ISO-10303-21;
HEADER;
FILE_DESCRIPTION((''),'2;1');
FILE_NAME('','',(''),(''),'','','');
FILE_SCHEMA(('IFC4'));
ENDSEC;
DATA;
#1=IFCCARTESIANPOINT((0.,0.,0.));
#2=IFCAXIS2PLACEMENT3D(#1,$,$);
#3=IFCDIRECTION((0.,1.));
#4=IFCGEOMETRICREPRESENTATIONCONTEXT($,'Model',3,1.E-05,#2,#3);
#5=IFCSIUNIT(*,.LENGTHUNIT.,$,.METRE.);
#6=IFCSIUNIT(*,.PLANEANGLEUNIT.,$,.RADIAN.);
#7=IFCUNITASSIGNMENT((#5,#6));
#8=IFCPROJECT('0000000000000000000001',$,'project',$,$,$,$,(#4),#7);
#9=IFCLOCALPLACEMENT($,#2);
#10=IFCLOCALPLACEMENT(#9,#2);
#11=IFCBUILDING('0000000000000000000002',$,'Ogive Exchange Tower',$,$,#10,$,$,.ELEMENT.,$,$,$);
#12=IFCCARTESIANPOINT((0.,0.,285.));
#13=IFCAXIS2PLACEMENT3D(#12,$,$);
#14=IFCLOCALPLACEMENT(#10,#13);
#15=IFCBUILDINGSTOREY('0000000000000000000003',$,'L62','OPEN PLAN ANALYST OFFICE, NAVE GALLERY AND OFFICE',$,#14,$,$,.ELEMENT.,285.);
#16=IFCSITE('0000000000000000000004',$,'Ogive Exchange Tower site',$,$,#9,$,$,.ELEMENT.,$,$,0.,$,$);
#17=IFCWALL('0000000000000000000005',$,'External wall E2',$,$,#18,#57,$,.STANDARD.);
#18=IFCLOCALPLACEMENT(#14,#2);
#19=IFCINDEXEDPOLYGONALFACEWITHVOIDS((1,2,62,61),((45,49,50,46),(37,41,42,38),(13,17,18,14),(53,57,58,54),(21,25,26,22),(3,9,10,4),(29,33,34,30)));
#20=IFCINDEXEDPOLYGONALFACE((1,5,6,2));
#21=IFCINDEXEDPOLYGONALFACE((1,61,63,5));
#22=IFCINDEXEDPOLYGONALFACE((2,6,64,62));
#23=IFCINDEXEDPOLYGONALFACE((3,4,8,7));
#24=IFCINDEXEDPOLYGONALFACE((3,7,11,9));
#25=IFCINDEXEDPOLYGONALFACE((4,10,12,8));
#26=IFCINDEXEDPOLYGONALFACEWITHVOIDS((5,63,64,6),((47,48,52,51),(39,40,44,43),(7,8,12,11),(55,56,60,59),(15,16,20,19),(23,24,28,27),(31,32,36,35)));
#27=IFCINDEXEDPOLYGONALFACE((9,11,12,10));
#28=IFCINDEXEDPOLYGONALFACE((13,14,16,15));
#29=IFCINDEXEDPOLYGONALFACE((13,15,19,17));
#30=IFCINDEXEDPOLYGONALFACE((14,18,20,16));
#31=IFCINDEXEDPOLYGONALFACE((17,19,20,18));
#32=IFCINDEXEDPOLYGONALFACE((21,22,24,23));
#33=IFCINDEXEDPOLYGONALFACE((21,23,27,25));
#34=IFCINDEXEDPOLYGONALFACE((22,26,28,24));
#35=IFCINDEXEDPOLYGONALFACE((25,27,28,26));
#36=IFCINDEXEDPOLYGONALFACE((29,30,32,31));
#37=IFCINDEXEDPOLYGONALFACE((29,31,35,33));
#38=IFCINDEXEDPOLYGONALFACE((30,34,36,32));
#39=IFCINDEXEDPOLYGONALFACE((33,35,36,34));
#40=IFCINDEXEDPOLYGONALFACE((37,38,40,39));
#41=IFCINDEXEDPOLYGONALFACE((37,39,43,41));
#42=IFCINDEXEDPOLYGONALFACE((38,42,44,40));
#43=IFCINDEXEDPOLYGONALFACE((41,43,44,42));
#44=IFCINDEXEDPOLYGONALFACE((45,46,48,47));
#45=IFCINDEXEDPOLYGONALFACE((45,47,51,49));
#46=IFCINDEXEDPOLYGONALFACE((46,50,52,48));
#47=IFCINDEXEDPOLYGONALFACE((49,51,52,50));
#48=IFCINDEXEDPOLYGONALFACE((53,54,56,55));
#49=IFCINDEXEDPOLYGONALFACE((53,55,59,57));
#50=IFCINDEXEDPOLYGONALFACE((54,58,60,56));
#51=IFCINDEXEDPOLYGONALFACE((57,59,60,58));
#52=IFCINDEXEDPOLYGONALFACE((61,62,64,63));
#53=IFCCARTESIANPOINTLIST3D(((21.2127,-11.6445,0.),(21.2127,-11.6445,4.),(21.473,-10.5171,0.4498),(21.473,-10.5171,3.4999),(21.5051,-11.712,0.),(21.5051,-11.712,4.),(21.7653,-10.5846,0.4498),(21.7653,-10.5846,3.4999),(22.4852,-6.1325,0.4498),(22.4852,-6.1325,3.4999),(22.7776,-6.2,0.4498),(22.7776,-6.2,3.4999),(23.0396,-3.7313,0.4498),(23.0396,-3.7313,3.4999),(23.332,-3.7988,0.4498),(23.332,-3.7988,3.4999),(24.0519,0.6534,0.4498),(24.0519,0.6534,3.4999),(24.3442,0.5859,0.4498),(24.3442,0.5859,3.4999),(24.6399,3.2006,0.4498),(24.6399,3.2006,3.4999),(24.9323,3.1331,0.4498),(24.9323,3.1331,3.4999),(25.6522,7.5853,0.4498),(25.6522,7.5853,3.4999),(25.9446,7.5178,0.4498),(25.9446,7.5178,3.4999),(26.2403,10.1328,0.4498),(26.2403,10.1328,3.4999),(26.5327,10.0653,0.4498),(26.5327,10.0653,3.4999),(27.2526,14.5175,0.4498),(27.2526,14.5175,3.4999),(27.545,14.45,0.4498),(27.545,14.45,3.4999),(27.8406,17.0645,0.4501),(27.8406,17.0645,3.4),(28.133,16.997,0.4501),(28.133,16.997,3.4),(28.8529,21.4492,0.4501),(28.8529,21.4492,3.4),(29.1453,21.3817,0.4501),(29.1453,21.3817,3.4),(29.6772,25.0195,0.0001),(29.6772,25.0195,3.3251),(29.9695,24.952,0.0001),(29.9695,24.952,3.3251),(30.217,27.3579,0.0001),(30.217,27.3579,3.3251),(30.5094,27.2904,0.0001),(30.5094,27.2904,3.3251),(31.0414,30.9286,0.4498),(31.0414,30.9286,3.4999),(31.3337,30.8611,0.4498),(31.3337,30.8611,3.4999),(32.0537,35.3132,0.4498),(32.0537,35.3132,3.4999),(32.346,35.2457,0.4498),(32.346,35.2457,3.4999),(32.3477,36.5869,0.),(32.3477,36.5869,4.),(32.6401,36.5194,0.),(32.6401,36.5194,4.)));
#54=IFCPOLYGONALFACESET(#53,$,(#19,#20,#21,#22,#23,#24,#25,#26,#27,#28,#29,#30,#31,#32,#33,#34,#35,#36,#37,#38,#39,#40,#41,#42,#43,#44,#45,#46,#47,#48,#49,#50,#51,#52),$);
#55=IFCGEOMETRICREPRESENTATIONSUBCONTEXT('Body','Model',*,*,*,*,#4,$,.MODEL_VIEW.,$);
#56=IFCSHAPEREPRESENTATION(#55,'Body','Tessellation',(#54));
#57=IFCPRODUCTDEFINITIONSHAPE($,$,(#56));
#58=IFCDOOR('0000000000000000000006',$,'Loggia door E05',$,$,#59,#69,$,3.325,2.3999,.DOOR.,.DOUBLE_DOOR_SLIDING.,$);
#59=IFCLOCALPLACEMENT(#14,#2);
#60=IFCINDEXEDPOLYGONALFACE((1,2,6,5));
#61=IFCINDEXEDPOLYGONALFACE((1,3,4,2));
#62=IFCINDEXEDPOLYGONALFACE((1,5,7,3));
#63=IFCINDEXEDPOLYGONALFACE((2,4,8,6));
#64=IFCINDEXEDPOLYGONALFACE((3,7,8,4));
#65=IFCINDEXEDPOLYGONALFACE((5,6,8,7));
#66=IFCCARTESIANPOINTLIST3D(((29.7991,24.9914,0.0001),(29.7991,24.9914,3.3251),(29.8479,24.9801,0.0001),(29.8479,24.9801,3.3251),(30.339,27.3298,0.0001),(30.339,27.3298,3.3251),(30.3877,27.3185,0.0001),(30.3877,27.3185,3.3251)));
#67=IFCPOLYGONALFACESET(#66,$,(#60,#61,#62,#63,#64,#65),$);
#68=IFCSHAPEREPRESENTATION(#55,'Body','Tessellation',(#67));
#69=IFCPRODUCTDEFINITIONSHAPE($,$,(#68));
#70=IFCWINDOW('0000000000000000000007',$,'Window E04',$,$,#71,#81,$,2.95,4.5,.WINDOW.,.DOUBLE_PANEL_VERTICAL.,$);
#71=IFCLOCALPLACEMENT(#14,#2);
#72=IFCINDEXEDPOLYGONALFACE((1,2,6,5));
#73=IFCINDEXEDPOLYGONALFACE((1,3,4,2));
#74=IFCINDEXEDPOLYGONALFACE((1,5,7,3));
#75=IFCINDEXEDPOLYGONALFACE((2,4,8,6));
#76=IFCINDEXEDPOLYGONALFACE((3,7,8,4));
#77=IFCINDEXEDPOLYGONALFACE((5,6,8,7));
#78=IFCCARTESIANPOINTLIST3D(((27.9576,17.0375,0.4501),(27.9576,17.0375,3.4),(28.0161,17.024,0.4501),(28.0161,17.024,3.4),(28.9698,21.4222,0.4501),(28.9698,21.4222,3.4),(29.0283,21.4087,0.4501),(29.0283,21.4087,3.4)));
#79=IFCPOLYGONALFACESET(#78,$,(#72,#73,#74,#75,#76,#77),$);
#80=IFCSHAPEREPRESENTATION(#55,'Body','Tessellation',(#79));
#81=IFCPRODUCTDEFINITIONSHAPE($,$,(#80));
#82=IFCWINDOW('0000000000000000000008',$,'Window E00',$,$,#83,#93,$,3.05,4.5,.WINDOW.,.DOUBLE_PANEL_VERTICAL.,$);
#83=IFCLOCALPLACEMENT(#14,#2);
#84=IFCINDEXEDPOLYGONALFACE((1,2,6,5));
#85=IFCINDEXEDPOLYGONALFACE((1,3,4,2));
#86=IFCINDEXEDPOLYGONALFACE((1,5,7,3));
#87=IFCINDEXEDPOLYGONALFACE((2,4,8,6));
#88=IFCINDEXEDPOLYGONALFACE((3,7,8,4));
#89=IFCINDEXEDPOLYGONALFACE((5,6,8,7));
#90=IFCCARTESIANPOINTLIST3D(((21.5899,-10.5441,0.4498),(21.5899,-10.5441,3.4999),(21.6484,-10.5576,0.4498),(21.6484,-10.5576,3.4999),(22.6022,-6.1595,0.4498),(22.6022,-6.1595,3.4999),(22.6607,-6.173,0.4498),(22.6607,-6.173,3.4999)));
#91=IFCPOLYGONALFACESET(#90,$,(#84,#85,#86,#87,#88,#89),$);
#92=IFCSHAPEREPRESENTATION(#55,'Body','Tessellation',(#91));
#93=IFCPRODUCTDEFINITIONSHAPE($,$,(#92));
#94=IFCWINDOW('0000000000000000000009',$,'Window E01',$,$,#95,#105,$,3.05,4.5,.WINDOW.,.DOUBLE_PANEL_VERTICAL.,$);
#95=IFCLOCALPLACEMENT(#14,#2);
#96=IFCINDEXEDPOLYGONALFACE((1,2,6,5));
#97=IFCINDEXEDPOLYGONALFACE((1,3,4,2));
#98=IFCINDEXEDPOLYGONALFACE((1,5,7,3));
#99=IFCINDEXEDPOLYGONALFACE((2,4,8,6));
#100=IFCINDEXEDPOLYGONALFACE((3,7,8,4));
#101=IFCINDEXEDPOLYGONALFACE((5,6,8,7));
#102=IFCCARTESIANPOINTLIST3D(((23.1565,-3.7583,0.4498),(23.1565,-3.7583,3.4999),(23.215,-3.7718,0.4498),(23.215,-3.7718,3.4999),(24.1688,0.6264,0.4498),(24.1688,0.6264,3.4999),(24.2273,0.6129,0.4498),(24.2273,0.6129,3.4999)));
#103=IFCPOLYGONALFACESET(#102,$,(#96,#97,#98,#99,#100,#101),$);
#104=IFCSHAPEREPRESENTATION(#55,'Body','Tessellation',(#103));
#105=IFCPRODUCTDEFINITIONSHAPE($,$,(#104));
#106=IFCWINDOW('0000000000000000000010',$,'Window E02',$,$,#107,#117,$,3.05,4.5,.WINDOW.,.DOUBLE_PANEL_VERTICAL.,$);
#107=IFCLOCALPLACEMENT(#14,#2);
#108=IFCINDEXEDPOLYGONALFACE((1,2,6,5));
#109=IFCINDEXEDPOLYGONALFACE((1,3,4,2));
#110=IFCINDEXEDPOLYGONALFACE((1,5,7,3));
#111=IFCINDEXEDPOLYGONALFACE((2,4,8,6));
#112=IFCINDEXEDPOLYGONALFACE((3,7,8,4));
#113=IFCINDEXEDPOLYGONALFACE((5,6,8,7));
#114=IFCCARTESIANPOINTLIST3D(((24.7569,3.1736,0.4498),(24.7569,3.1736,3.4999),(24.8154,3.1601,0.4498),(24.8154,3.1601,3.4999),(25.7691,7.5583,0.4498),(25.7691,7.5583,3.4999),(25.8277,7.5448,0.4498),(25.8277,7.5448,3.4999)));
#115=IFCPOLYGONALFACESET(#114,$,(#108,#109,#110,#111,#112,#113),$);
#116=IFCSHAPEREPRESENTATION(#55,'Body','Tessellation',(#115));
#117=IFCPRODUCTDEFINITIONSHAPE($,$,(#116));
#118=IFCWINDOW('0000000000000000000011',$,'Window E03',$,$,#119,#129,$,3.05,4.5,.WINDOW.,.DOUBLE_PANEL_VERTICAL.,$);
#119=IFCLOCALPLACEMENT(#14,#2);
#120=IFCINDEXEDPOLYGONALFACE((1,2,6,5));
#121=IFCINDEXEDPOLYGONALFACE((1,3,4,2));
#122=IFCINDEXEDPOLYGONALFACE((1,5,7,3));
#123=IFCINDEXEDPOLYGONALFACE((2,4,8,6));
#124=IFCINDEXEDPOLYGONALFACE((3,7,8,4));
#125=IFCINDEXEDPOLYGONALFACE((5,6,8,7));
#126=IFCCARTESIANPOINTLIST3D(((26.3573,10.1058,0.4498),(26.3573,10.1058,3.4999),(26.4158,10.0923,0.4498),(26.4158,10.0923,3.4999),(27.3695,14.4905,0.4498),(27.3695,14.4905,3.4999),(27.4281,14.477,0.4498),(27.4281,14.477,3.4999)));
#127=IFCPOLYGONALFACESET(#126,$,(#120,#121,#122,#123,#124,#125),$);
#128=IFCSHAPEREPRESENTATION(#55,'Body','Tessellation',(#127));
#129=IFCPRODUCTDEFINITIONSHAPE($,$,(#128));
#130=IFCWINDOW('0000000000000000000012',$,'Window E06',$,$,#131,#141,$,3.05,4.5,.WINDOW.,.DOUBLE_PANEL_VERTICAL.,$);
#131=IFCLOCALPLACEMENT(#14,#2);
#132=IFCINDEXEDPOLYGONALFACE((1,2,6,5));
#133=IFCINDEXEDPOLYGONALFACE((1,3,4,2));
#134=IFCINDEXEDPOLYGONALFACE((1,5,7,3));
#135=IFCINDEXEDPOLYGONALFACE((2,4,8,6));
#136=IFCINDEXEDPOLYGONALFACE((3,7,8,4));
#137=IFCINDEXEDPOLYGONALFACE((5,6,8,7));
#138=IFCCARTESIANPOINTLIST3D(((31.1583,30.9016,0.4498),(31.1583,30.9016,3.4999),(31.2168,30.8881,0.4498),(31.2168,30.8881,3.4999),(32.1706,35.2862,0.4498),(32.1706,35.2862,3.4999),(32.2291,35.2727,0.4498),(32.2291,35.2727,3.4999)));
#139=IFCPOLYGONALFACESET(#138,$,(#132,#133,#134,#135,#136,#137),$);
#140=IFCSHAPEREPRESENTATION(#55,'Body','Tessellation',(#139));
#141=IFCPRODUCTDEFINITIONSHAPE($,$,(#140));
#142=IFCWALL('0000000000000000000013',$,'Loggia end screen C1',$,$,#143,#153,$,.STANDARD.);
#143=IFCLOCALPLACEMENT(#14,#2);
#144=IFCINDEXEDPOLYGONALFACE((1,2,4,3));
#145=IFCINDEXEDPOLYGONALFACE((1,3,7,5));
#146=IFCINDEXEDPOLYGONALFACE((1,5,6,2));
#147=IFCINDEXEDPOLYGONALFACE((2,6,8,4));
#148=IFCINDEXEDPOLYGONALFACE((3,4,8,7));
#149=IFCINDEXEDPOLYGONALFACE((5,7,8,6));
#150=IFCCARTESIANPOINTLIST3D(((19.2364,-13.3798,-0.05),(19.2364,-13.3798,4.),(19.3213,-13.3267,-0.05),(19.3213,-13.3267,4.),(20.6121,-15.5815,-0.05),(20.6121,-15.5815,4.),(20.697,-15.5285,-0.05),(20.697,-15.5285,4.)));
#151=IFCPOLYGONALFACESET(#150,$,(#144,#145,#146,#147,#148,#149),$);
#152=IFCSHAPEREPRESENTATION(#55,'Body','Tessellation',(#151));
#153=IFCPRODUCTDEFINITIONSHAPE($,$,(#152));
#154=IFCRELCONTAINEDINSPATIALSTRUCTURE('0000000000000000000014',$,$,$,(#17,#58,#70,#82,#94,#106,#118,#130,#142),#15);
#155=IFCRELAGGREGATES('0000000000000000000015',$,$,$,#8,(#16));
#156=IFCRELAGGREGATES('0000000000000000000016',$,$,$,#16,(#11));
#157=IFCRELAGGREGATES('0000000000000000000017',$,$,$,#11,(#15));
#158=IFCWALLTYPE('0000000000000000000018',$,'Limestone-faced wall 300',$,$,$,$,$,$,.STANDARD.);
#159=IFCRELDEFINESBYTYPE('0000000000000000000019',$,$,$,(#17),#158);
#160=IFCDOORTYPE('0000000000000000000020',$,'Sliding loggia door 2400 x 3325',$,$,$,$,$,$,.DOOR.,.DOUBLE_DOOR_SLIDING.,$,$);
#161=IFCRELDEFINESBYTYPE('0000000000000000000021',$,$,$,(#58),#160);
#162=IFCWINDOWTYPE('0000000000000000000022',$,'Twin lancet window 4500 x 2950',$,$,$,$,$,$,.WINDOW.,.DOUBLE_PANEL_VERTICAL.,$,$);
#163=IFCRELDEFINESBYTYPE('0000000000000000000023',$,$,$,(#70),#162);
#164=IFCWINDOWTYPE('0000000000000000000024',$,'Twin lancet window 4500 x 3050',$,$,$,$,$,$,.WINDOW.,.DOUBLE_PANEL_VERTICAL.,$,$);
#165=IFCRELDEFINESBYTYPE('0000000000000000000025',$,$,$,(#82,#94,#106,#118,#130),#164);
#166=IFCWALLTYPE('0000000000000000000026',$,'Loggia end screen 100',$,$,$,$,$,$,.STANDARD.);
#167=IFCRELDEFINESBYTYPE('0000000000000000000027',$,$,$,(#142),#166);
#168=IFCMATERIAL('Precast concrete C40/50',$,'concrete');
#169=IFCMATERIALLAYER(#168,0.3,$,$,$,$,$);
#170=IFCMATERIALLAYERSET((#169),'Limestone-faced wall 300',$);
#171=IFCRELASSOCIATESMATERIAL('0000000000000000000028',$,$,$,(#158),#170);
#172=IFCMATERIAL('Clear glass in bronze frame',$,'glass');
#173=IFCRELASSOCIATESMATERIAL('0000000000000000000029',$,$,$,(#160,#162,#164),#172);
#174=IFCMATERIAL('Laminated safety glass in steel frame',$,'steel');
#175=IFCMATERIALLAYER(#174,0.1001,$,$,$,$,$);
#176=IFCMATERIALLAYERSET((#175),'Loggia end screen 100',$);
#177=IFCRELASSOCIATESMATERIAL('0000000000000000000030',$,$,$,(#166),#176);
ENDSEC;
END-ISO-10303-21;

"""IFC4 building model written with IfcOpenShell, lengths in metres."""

from ifc_helpers import new_model, si_unit, direction, frame, frame_2d, origin, place, context, subcontext, project, spatial, rectangle, extrude, material, layer, layer_set, type_object, element, fill, save


model = new_model("IFC4")

# Units and contexts
model_context = context("Model", 3, precision=1e-05, world=origin(), true_north=direction((0.0, 1.0)))
body_context = subcontext(model_context, "Body", "Model", "MODEL_VIEW")
ifc_project = project(units=[si_unit("LENGTHUNIT", "METRE"), si_unit("PLANEANGLEUNIT", "RADIAN")], contexts=[model_context])

# Site, building, storey
site_placement = place(None, origin())
site = spatial("IfcSite", under=ifc_project, at=site_placement, Name="Ogive Exchange Tower site", CompositionType="ELEMENT", RefElevation=0.0)
building_placement = place(site_placement, origin())
building = spatial("IfcBuilding", under=site, at=building_placement, Name="Ogive Exchange Tower", CompositionType="ELEMENT")
storey_placement = place(building_placement, frame((0.0, 0.0, 285.0)))
storey = spatial("IfcBuildingStorey", under=building, at=storey_placement, Name="L62", Description="OPEN PLAN ANALYST OFFICE, NAVE GALLERY AND OFFICE", CompositionType="ELEMENT", Elevation=285.0)

# Wall, openings, door, windows
ifc_material_1 = material(Name="Precast concrete C40/50", Category="concrete")
ifc_layer_1 = layer(ifc_material_1, 0.3)
ifc_layer_set_1 = layer_set([ifc_layer_1], Name="Limestone-faced wall 300")
wall_type_1 = type_object("IfcWallType", Name="Limestone-faced wall 300", PredefinedType="STANDARD", material=ifc_layer_set_1)
wall_1_placement = place(storey_placement, frame((21.3589, -11.6782, 0.0), z_axis=(0.0, 0.0, 1.0), x_axis=(0.224949, 0.97437, 0.0)))
wall_1 = element("IfcWall", 1, at=wall_1_placement, inside=storey, type_object=wall_type_1, Name="External wall E2", PredefinedType="STANDARD", context=body_context, shape_type="SweptSolid", body=[
    extrude(rectangle(XDim=49.5, YDim=0.3, at=frame_2d((24.75, 0.0))), origin(), (0.0, 0.0, 1.0), 4.0),
])
opening_1_placement = place(wall_1_placement, frame((1.157, 0.0, 0.45)))
opening_1 = element("IfcOpeningElement", 2, at=opening_1_placement, cuts=wall_1, PredefinedType="OPENING", context=body_context, shape_type="SweptSolid", body=[
    extrude(rectangle(XDim=4.5, YDim=3.05, at=frame_2d((2.25, 1.5249))), frame((0.0, 0.1599, 0.0), z_axis=(0.0, -1.0, 0.0), x_axis=(1.0, 0.0, 0.0)), (0.0, 0.0, 1.0), 0.3201),
])
opening_2_placement = place(wall_1_placement, frame((8.1213, 0.0, 0.45)))
opening_2 = element("IfcOpeningElement", 3, at=opening_2_placement, cuts=wall_1, PredefinedType="OPENING", context=body_context, shape_type="SweptSolid", body=[
    extrude(rectangle(XDim=4.5, YDim=3.05, at=frame_2d((2.25, 1.5249))), frame((0.0, 0.1599, 0.0), z_axis=(0.0, -1.0, 0.0), x_axis=(1.0, 0.0, 0.0)), (0.0, 0.0, 1.0), 0.3201),
])
opening_3_placement = place(wall_1_placement, frame((15.2356, 0.0, 0.45)))
opening_3 = element("IfcOpeningElement", 4, at=opening_3_placement, cuts=wall_1, PredefinedType="OPENING", context=body_context, shape_type="SweptSolid", body=[
    extrude(rectangle(XDim=4.5, YDim=3.05, at=frame_2d((2.25, 1.5249))), frame((0.0, 0.1599, 0.0), z_axis=(0.0, -1.0, 0.0), x_axis=(1.0, 0.0, 0.0)), (0.0, 0.0, 1.0), 0.3201),
])
opening_4_placement = place(wall_1_placement, frame((22.3501, 0.0, 0.45)))
opening_4 = element("IfcOpeningElement", 5, at=opening_4_placement, cuts=wall_1, PredefinedType="OPENING", context=body_context, shape_type="SweptSolid", body=[
    extrude(rectangle(XDim=4.5, YDim=3.05, at=frame_2d((2.25, 1.5249))), frame((0.0, 0.1599, 0.0), z_axis=(0.0, -1.0, 0.0), x_axis=(1.0, 0.0, 0.0)), (0.0, 0.0, 1.0), 0.3201),
])
opening_5_placement = place(wall_1_placement, frame((29.4641, 0.0, 0.45)))
opening_5 = element("IfcOpeningElement", 6, at=opening_5_placement, cuts=wall_1, PredefinedType="OPENING", context=body_context, shape_type="SweptSolid", body=[
    extrude(rectangle(XDim=4.5, YDim=2.95, at=frame_2d((2.25, 1.4751))), frame((0.0, 0.1599, 0.0), z_axis=(0.0, -1.0, 0.0), x_axis=(1.0, 0.0, 0.0)), (0.0, 0.0, 1.0), 0.3201),
])
opening_6_placement = place(wall_1_placement, frame((37.6284, 0.0, 0.0)))
opening_6 = element("IfcOpeningElement", 7, at=opening_6_placement, cuts=wall_1, PredefinedType="OPENING", context=body_context, shape_type="SweptSolid", body=[
    extrude(rectangle(XDim=2.3999, YDim=3.325, at=frame_2d((1.2, 1.6626))), frame((0.0, 0.1599, 0.0), z_axis=(0.0, -1.0, 0.0), x_axis=(1.0, 0.0, 0.0)), (0.0, 0.0, 1.0), 0.3201),
])
opening_7_placement = place(wall_1_placement, frame((43.6929, 0.0, 0.45)))
opening_7 = element("IfcOpeningElement", 8, at=opening_7_placement, cuts=wall_1, PredefinedType="OPENING", context=body_context, shape_type="SweptSolid", body=[
    extrude(rectangle(XDim=4.5, YDim=3.05, at=frame_2d((2.25, 1.5249))), frame((0.0, 0.1599, 0.0), z_axis=(0.0, -1.0, 0.0), x_axis=(1.0, 0.0, 0.0)), (0.0, 0.0, 1.0), 0.3201),
])
ifc_material_2 = material(Name="Clear glass in bronze frame", Category="glass")
door_type_1 = type_object("IfcDoorType", Name="Sliding loggia door 2400 x 3325", OperationType="DOUBLE_DOOR_SLIDING", PredefinedType="DOOR", material=ifc_material_2)
door_1_placement = place(opening_6_placement, origin())
door_1 = element("IfcDoor", 9, at=door_1_placement, inside=storey, type_object=door_type_1, Name="Loggia door E05", OperationType="DOUBLE_DOOR_SLIDING", OverallHeight=3.325, OverallWidth=2.3999, PredefinedType="DOOR", context=body_context, shape_type="SweptSolid", body=[
    extrude(rectangle(XDim=2.3999, YDim=3.325, at=frame_2d((1.2, 1.6626))), frame((0.0, 0.0249, 0.0), z_axis=(0.0, -1.0, 0.0), x_axis=(1.0, 0.0, 0.0)), (0.0, 0.0, 1.0), 0.05),
])
fill(opening_6, door_1)
window_type_1 = type_object("IfcWindowType", Name="Twin lancet window 4500 x 2950", PartitioningType="DOUBLE_PANEL_VERTICAL", PredefinedType="WINDOW", material=ifc_material_2)
window_1_placement = place(opening_5_placement, origin())
window_1 = element("IfcWindow", 10, at=window_1_placement, inside=storey, type_object=window_type_1, Name="Window E04", OverallHeight=2.95, OverallWidth=4.5, PartitioningType="DOUBLE_PANEL_VERTICAL", PredefinedType="WINDOW", context=body_context, shape_type="SweptSolid", body=[
    extrude(rectangle(XDim=4.5, YDim=2.95, at=frame_2d((2.25, 1.4751))), frame((0.0, 0.03, 0.0), z_axis=(0.0, -1.0, 0.0), x_axis=(1.0, 0.0, 0.0)), (0.0, 0.0, 1.0), 0.0601),
])
fill(opening_5, window_1)
window_type_2 = type_object("IfcWindowType", Name="Twin lancet window 4500 x 3050", PartitioningType="DOUBLE_PANEL_VERTICAL", PredefinedType="WINDOW", material=ifc_material_2)
window_2_placement = place(opening_1_placement, origin())
window_2 = element("IfcWindow", 11, at=window_2_placement, inside=storey, type_object=window_type_2, Name="Window E00", OverallHeight=3.05, OverallWidth=4.5, PartitioningType="DOUBLE_PANEL_VERTICAL", PredefinedType="WINDOW", context=body_context, shape_type="SweptSolid", body=[
    extrude(rectangle(XDim=4.5, YDim=3.05, at=frame_2d((2.25, 1.5249))), frame((0.0, 0.03, 0.0), z_axis=(0.0, -1.0, 0.0), x_axis=(1.0, 0.0, 0.0)), (0.0, 0.0, 1.0), 0.0601),
])
fill(opening_1, window_2)
window_3_placement = place(opening_2_placement, origin())
window_3 = element("IfcWindow", 12, at=window_3_placement, inside=storey, type_object=window_type_2, Name="Window E01", OverallHeight=3.05, OverallWidth=4.5, PartitioningType="DOUBLE_PANEL_VERTICAL", PredefinedType="WINDOW", context=body_context, shape_type="SweptSolid", body=[
    extrude(rectangle(XDim=4.5, YDim=3.05, at=frame_2d((2.25, 1.5249))), frame((0.0, 0.03, 0.0), z_axis=(0.0, -1.0, 0.0), x_axis=(1.0, 0.0, 0.0)), (0.0, 0.0, 1.0), 0.0601),
])
fill(opening_2, window_3)
window_4_placement = place(opening_3_placement, origin())
window_4 = element("IfcWindow", 13, at=window_4_placement, inside=storey, type_object=window_type_2, Name="Window E02", OverallHeight=3.05, OverallWidth=4.5, PartitioningType="DOUBLE_PANEL_VERTICAL", PredefinedType="WINDOW", context=body_context, shape_type="SweptSolid", body=[
    extrude(rectangle(XDim=4.5, YDim=3.05, at=frame_2d((2.25, 1.5249))), frame((0.0, 0.03, 0.0), z_axis=(0.0, -1.0, 0.0), x_axis=(1.0, 0.0, 0.0)), (0.0, 0.0, 1.0), 0.0601),
])
fill(opening_3, window_4)
window_5_placement = place(opening_4_placement, origin())
window_5 = element("IfcWindow", 14, at=window_5_placement, inside=storey, type_object=window_type_2, Name="Window E03", OverallHeight=3.05, OverallWidth=4.5, PartitioningType="DOUBLE_PANEL_VERTICAL", PredefinedType="WINDOW", context=body_context, shape_type="SweptSolid", body=[
    extrude(rectangle(XDim=4.5, YDim=3.05, at=frame_2d((2.25, 1.5249))), frame((0.0, 0.03, 0.0), z_axis=(0.0, -1.0, 0.0), x_axis=(1.0, 0.0, 0.0)), (0.0, 0.0, 1.0), 0.0601),
])
fill(opening_4, window_5)
window_6_placement = place(opening_7_placement, origin())
window_6 = element("IfcWindow", 15, at=window_6_placement, inside=storey, type_object=window_type_2, Name="Window E06", OverallHeight=3.05, OverallWidth=4.5, PartitioningType="DOUBLE_PANEL_VERTICAL", PredefinedType="WINDOW", context=body_context, shape_type="SweptSolid", body=[
    extrude(rectangle(XDim=4.5, YDim=3.05, at=frame_2d((2.25, 1.5249))), frame((0.0, 0.03, 0.0), z_axis=(0.0, -1.0, 0.0), x_axis=(1.0, 0.0, 0.0)), (0.0, 0.0, 1.0), 0.0601),
])
fill(opening_7, window_6)

# Wall
ifc_material_3 = material(Name="Laminated safety glass in steel frame", Category="steel")
ifc_layer_2 = layer(ifc_material_3, 0.1001)
ifc_layer_set_2 = layer_set([ifc_layer_2], Name="Loggia end screen 100")
wall_type_2 = type_object("IfcWallType", Name="Loggia end screen 100", PredefinedType="STANDARD", material=ifc_layer_set_2)
wall_2_placement = place(storey_placement, frame((19.2788, -13.3533, -0.05), z_axis=(0.0, 0.0, 1.0), x_axis=(0.529914, -0.848051, 0.0)))
element("IfcWall", 16, at=wall_2_placement, inside=storey, type_object=wall_type_2, Name="Loggia end screen C1", PredefinedType="STANDARD", context=body_context, shape_type="SweptSolid", body=[
    extrude(rectangle(XDim=2.5962, YDim=0.1001, at=frame_2d((1.2981, 0.0))), origin(), (0.0, 0.0, 1.0), 4.05),
])

save(model, "model.ifc")
